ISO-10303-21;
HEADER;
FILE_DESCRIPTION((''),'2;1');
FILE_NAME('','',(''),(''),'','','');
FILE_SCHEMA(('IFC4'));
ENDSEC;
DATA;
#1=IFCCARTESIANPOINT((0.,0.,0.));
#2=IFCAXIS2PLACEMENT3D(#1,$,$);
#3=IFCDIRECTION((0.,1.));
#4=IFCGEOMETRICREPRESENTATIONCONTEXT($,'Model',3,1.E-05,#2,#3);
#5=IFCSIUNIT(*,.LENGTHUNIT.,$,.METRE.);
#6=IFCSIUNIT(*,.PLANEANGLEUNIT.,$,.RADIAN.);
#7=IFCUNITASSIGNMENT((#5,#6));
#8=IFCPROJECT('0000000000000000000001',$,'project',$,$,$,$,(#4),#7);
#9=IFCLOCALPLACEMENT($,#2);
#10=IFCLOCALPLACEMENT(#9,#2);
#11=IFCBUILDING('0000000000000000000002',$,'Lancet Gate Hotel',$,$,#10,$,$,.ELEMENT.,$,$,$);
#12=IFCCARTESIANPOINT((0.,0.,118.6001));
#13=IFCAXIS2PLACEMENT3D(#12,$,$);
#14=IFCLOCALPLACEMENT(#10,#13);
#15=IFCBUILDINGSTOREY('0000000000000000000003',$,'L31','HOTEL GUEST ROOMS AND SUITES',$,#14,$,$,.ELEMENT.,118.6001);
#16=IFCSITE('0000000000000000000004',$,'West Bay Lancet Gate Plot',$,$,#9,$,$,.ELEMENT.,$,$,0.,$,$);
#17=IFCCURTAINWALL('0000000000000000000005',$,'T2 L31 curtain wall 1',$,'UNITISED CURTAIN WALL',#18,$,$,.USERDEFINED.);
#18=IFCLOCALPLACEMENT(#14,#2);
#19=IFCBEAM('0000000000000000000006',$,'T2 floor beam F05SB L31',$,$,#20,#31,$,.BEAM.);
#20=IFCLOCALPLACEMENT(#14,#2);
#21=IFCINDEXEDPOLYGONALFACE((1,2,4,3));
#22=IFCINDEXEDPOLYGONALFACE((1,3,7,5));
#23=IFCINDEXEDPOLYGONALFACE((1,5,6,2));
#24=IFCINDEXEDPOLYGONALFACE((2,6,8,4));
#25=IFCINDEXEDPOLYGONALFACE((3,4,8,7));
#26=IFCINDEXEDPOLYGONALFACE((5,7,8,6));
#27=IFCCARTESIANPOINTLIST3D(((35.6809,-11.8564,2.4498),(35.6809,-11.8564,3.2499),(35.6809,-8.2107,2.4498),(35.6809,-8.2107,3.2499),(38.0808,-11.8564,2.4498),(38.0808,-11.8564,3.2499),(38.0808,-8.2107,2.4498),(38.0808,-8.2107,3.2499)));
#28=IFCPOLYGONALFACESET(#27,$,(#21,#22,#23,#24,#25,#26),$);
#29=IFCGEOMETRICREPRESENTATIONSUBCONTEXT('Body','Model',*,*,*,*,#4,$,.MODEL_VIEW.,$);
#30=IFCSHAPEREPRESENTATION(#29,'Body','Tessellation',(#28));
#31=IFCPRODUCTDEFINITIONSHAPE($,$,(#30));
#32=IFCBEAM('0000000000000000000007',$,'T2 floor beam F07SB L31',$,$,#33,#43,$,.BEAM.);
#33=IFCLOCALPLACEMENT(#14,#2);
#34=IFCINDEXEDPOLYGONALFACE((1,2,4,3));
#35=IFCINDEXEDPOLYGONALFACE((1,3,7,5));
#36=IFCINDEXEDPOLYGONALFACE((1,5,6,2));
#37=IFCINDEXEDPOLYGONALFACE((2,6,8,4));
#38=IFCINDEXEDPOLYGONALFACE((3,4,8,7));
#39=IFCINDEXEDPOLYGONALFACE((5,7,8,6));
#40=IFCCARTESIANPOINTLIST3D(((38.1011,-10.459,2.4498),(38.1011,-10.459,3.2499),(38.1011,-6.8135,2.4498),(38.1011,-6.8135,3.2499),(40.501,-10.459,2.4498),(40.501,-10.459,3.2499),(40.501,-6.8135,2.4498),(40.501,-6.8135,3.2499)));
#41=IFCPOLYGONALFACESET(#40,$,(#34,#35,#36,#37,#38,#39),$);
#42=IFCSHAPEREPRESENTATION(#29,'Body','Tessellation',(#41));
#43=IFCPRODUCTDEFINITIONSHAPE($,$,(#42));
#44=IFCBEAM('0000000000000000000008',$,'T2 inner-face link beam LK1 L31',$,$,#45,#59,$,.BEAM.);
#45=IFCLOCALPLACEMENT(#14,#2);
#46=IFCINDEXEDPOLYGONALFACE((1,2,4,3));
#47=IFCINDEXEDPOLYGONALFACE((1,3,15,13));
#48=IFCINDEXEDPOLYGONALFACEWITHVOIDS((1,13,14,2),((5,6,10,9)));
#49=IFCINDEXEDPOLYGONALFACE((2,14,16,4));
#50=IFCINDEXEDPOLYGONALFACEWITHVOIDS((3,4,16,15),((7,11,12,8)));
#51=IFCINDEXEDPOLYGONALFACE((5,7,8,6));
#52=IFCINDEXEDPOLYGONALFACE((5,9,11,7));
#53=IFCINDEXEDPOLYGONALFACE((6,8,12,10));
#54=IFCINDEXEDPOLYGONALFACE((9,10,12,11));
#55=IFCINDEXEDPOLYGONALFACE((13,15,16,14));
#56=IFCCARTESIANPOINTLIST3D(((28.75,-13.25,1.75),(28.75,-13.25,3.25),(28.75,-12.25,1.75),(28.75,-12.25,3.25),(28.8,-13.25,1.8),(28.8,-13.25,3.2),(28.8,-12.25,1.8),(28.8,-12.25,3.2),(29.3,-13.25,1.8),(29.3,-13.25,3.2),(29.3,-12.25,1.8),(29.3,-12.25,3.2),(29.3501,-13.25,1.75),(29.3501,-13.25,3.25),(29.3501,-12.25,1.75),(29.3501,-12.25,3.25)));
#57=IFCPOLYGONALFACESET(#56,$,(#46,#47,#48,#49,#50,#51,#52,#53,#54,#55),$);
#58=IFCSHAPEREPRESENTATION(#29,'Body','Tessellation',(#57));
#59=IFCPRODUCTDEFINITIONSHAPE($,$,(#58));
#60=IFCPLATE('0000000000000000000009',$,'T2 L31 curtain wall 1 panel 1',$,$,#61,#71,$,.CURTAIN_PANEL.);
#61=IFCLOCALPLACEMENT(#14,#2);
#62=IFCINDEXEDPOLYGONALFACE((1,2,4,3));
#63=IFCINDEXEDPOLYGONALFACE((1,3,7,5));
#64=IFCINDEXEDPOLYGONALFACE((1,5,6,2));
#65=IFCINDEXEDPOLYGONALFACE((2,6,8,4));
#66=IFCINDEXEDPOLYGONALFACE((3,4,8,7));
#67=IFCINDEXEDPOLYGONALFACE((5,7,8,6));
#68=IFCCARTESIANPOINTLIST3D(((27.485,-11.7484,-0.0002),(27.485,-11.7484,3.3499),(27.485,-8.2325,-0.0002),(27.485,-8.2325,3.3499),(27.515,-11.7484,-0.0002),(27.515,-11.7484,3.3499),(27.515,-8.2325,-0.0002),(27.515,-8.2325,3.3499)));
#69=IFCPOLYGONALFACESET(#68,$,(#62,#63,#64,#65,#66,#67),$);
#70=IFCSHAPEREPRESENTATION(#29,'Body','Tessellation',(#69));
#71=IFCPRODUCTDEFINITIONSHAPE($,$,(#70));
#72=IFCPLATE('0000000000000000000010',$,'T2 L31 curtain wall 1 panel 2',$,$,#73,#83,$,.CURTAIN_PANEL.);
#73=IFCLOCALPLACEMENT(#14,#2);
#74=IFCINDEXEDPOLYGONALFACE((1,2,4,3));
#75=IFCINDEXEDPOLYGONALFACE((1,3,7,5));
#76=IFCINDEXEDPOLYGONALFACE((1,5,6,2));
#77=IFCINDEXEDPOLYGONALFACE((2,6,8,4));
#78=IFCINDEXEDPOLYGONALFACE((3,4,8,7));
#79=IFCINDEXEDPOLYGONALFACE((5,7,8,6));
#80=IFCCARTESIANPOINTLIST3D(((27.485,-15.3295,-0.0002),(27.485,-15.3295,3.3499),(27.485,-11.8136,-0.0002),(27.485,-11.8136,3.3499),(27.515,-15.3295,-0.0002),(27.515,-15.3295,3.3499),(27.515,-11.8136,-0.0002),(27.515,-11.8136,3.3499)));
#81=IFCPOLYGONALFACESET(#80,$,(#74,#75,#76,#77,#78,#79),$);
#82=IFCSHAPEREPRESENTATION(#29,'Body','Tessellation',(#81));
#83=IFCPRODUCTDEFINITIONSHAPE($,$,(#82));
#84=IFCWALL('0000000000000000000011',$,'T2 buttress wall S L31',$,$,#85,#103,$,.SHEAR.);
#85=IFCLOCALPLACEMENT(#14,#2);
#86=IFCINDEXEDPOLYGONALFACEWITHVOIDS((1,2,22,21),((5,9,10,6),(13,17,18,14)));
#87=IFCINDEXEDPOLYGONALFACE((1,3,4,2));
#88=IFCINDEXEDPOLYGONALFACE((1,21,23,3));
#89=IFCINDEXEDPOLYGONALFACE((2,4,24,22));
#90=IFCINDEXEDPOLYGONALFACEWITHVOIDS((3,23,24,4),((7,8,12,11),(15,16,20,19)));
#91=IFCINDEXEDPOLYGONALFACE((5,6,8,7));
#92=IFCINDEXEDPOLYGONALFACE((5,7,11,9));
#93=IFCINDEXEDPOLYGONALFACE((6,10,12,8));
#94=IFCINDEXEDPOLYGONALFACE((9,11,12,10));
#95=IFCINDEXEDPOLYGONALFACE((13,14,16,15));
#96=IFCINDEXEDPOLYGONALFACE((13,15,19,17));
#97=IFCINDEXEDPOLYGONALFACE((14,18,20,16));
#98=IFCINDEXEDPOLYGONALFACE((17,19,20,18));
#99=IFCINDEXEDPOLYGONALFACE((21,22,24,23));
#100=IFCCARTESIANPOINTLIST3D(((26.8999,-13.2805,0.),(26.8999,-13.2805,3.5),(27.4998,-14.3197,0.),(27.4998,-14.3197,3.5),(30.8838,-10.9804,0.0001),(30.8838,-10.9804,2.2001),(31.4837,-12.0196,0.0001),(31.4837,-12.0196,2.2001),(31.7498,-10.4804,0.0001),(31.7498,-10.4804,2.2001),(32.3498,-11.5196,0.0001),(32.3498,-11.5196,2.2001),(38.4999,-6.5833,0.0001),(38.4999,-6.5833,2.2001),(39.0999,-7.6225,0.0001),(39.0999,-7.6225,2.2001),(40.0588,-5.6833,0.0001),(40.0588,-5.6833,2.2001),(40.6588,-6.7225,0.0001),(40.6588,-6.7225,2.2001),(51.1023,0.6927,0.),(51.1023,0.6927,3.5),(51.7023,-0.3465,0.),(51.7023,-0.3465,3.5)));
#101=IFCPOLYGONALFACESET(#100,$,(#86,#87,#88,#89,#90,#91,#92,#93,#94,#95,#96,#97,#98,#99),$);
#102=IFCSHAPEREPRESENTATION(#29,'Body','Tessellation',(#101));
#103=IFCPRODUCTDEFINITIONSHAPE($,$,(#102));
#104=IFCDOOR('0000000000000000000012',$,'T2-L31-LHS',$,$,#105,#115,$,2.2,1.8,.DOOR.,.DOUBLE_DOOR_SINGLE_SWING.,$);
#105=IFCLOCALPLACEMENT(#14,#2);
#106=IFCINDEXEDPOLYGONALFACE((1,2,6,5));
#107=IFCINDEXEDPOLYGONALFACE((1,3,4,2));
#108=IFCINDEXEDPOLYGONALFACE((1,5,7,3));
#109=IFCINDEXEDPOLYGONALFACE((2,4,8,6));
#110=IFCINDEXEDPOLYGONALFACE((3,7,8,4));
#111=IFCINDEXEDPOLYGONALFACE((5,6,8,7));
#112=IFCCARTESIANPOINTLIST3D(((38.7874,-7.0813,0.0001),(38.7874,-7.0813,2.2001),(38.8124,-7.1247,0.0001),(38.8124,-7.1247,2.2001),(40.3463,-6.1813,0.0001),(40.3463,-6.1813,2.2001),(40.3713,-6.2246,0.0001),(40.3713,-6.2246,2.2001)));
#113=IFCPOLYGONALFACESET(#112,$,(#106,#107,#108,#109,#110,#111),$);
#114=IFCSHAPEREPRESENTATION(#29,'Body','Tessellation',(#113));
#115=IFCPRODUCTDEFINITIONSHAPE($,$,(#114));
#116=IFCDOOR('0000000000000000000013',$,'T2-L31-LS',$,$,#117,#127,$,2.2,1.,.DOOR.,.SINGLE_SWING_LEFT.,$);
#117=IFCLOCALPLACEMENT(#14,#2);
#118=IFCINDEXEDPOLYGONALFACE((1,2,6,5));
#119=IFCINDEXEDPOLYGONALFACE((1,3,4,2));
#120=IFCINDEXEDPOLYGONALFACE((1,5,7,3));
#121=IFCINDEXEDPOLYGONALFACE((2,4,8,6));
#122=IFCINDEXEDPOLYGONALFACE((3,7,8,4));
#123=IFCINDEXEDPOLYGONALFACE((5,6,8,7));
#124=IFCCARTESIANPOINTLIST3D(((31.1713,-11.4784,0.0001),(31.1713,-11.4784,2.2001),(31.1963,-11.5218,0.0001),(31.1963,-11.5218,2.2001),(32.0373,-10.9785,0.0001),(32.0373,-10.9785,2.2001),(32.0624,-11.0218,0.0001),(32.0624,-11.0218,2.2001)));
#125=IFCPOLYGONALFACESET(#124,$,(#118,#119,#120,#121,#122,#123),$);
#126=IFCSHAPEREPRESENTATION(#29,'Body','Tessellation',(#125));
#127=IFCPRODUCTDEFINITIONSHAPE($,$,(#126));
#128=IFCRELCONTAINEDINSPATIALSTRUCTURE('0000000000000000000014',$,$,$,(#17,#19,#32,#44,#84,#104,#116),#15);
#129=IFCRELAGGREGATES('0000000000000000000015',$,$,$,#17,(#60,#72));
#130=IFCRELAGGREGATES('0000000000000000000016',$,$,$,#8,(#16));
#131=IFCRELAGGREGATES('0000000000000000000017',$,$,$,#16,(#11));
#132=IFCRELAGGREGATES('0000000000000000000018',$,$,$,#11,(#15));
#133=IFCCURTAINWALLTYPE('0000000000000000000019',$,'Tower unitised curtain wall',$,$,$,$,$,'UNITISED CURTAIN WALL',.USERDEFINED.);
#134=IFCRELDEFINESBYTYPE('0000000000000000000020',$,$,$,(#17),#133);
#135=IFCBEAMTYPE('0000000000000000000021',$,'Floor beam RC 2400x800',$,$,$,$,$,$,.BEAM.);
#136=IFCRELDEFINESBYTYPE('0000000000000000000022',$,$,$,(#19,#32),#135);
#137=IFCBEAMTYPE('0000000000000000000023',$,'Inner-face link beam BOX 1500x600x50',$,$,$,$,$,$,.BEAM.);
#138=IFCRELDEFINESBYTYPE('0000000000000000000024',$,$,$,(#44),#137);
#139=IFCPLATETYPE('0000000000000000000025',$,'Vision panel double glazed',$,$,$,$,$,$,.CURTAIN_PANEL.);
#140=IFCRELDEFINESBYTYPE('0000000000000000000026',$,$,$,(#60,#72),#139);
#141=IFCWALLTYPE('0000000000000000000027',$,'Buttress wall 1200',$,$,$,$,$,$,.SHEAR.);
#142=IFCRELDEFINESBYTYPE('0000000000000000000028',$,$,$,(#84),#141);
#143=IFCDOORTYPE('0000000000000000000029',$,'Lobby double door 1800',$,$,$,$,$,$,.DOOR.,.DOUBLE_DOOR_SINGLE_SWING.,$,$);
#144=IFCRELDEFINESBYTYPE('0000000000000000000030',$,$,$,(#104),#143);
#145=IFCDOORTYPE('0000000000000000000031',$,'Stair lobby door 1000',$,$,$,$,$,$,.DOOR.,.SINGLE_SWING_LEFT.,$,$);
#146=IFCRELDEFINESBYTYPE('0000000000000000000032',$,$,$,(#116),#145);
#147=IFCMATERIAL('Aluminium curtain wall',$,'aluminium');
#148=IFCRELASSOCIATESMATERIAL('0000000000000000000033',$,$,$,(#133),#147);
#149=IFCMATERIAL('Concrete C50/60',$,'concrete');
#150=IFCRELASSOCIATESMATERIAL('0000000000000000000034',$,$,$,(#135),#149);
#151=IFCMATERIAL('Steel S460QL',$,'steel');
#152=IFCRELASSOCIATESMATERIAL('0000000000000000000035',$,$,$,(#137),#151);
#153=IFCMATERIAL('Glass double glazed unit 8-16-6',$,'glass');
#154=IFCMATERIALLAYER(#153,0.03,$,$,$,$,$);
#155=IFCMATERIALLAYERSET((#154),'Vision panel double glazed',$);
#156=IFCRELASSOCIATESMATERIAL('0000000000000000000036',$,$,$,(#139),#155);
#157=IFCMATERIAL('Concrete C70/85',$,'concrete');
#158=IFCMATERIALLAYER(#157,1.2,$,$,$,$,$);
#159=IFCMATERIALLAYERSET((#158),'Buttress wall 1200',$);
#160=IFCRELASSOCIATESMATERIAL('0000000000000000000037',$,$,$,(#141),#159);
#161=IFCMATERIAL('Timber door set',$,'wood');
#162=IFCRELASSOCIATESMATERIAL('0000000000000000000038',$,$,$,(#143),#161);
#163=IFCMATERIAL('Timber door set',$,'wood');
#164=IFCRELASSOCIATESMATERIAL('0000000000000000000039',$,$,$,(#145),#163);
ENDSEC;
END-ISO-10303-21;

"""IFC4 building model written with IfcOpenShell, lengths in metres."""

from ifc_helpers import new_model, si_unit, direction, frame, frame_2d, origin, origin_2d, place, context, subcontext, project, spatial, rectangle, hollow_rectangle, extrude, material, layer, layer_set, material_profile, profile_set, type_object, element, fill, aggregate, save


model = new_model("IFC4")

# Units and contexts
model_context = context("Model", 3, precision=1e-05, world=origin(), true_north=direction((0.0, 1.0)))
body_context = subcontext(model_context, "Body", "Model", "MODEL_VIEW")
ifc_project = project(units=[si_unit("LENGTHUNIT", "METRE"), si_unit("PLANEANGLEUNIT", "RADIAN")], contexts=[model_context])

# Site, building, storey
site_placement = place(None, origin())
site = spatial("IfcSite", under=ifc_project, at=site_placement, Name="West Bay Lancet Gate Plot", CompositionType="ELEMENT", RefElevation=0.0)
building_placement = place(site_placement, origin())
building = spatial("IfcBuilding", under=site, at=building_placement, Name="Lancet Gate Hotel", CompositionType="ELEMENT")
storey_placement = place(building_placement, frame((0.0, 0.0, 118.6001)))
storey = spatial("IfcBuildingStorey", under=building, at=storey_placement, Name="L31", Description="HOTEL GUEST ROOMS AND SUITES", CompositionType="ELEMENT", Elevation=118.6001)

# Curtain wall
ifc_material_1 = material(Name="Aluminium curtain wall", Category="aluminium")
curtain_wall_type = type_object("IfcCurtainWallType", Name="Tower unitised curtain wall", ElementType="UNITISED CURTAIN WALL", PredefinedType="USERDEFINED", material=ifc_material_1)
curtain_wall_placement = place(storey_placement, origin())
curtain_wall = element("IfcCurtainWall", 1, at=curtain_wall_placement, inside=storey, type_object=curtain_wall_type, Name="T2 L31 curtain wall 1", ObjectType="UNITISED CURTAIN WALL", PredefinedType="USERDEFINED")

# Beams
ifc_material_2 = material(Name="Concrete C50/60", Category="concrete")
ifc_material_profile_1 = material_profile(ifc_material_2, rectangle(XDim=2.3999, YDim=0.8, at=origin_2d()), Name="RC 2400x800")
ifc_profile_set_1 = profile_set([ifc_material_profile_1], Name="Concrete C50/60")
beam_type_1 = type_object("IfcBeamType", Name="Floor beam RC 2400x800", PredefinedType="BEAM", material=ifc_profile_set_1)
for number, where, z_axis, x_axis, name in (
    (2, (36.8809, -11.8564, 2.8499), (0.0, 1.0, 0.0), (-1.0, 0.0, 0.0), "T2 floor beam F05SB L31"),
):
    element("IfcBeam", number, at=place(storey_placement, frame(where, z_axis=z_axis, x_axis=x_axis)), inside=storey, type_object=beam_type_1, Name=name, PredefinedType="BEAM", context=body_context, shape_type="SweptSolid", body=[
        extrude(rectangle(XDim=2.3999, YDim=0.8, at=origin_2d()), origin(), (0.0, 0.0, 1.0), 3.6458),
    ])
beam_1_placement = place(storey_placement, frame((39.301, -10.459, 2.8499), z_axis=(0.0, 1.0, 0.0), x_axis=(-1.0, 0.0, 0.0)))
element("IfcBeam", 3, at=beam_1_placement, inside=storey, type_object=beam_type_1, Name="T2 floor beam F07SB L31", PredefinedType="BEAM", context=body_context, shape_type="SweptSolid", body=[
    extrude(rectangle(XDim=2.3999, YDim=0.8, at=origin_2d()), origin(), (0.0, 0.0, 1.0), 3.6455),
])
ifc_material_3 = material(Name="Steel S460QL", Category="steel")
ifc_material_profile_2 = material_profile(ifc_material_3, hollow_rectangle(XDim=0.6001, YDim=1.5, WallThickness=0.05, at=origin_2d()), Name="BOX 1500x600x50")
ifc_profile_set_2 = profile_set([ifc_material_profile_2], Name="Steel S460QL")
beam_type_2 = type_object("IfcBeamType", Name="Inner-face link beam BOX 1500x600x50", PredefinedType="BEAM", material=ifc_profile_set_2)
beam_2_placement = place(storey_placement, frame((29.05, -13.25, 2.5), z_axis=(0.0, 1.0, 0.0), x_axis=(-1.0, 0.0, 0.0)))
element("IfcBeam", 4, at=beam_2_placement, inside=storey, type_object=beam_type_2, Name="T2 inner-face link beam LK1 L31", PredefinedType="BEAM", context=body_context, shape_type="SweptSolid", body=[
    extrude(hollow_rectangle(XDim=0.6001, YDim=1.5, WallThickness=0.05, at=origin_2d()), origin(), (0.0, 0.0, 1.0), 1.0),
])

# Plates
ifc_material_4 = material(Name="Glass double glazed unit 8-16-6", Category="glass")
ifc_layer_1 = layer(ifc_material_4, 0.03)
ifc_layer_set_1 = layer_set([ifc_layer_1], Name="Vision panel double glazed")
plate_type = type_object("IfcPlateType", Name="Vision panel double glazed", PredefinedType="CURTAIN_PANEL", material=ifc_layer_set_1)
plate_1_placement = place(storey_placement, frame((27.5, -9.9905, -0.0002), z_axis=(0.0, 0.0, 1.0), x_axis=(0.0, -1.0, 0.0)))
plate_1 = element("IfcPlate", 5, at=plate_1_placement, type_object=plate_type, Name="T2 L31 curtain wall 1 panel 1", PredefinedType="CURTAIN_PANEL", context=body_context, shape_type="SweptSolid", body=[
    extrude(rectangle(XDim=3.5159, YDim=0.03, at=origin_2d()), origin(), (0.0, 0.0, 1.0), 3.3501),
])
plate_2_placement = place(storey_placement, frame((27.5, -13.5715, -0.0002), z_axis=(0.0, 0.0, 1.0), x_axis=(0.0, -1.0, 0.0)))
plate_2 = element("IfcPlate", 6, at=plate_2_placement, type_object=plate_type, Name="T2 L31 curtain wall 1 panel 2", PredefinedType="CURTAIN_PANEL", context=body_context, shape_type="SweptSolid", body=[
    extrude(rectangle(XDim=3.5159, YDim=0.03, at=origin_2d()), origin(), (0.0, 0.0, 1.0), 3.3501),
])
aggregate(curtain_wall, [plate_1, plate_2])

# Wall, openings, doors
ifc_material_5 = material(Name="Concrete C70/85", Category="concrete")
ifc_layer_2 = layer(ifc_material_5, 1.2)
ifc_layer_set_2 = layer_set([ifc_layer_2], Name="Buttress wall 1200")
wall_type_1 = type_object("IfcWallType", Name="Buttress wall 1200", PredefinedType="SHEAR", material=ifc_layer_set_2)
wall_1_placement = place(storey_placement, frame((27.2, -13.8, 0.0), z_axis=(0.0, 0.0, 1.0), x_axis=(0.866027, 0.499997, 0.0)))
wall_1 = element("IfcWall", 7, at=wall_1_placement, inside=storey, type_object=wall_type_1, Name="T2 buttress wall S L31", PredefinedType="SHEAR", context=body_context, shape_type="SweptSolid", body=[
    extrude(rectangle(XDim=27.9465, YDim=1.2, at=frame_2d((13.9731, 0.0))), origin(), (0.0, 0.0, 1.0), 3.5),
])
opening_1_placement = place(wall_1_placement, frame((4.6001, 0.0, 0.0)))
opening_1 = element("IfcOpeningElement", 8, at=opening_1_placement, cuts=wall_1, PredefinedType="OPENING", context=body_context, shape_type="SweptSolid", body=[
    extrude(rectangle(XDim=1.0, YDim=2.2, at=frame_2d((0.5, 1.1001))), frame((0.0, 0.6099, 0.0), z_axis=(0.0, -1.0, 0.0), x_axis=(1.0, 0.0, 0.0)), (0.0, 0.0, 1.0), 1.22),
])
opening_2_placement = place(wall_1_placement, frame((13.3945, 0.0, 0.0)))
opening_2 = element("IfcOpeningElement", 9, at=opening_2_placement, cuts=wall_1, PredefinedType="OPENING", context=body_context, shape_type="SweptSolid", body=[
    extrude(rectangle(XDim=1.8, YDim=2.2, at=frame_2d((0.8999, 1.1001))), frame((0.0, 0.6099, 0.0), z_axis=(0.0, -1.0, 0.0), x_axis=(1.0, 0.0, 0.0)), (0.0, 0.0, 1.0), 1.22),
])
ifc_material_6 = material(Name="Timber door set", Category="wood")
door_type_1 = type_object("IfcDoorType", Name="Lobby double door 1800", OperationType="DOUBLE_DOOR_SINGLE_SWING", PredefinedType="DOOR", material=ifc_material_6)
door_1_placement = place(opening_2_placement, origin())
door_1 = element("IfcDoor", 10, at=door_1_placement, inside=storey, type_object=door_type_1, Name="T2-L31-LHS", OperationType="DOUBLE_DOOR_SINGLE_SWING", OverallHeight=2.2, OverallWidth=1.8, PredefinedType="DOOR", context=body_context, shape_type="SweptSolid", body=[
    extrude(rectangle(XDim=1.8, YDim=2.2, at=frame_2d((0.8999, 1.1001))), frame((0.0, 0.0249, 0.0), z_axis=(0.0, -1.0, 0.0), x_axis=(1.0, 0.0, 0.0)), (0.0, 0.0, 1.0), 0.05),
])
fill(opening_2, door_1)
ifc_material_7 = material(Name="Timber door set", Category="wood")
door_type_2 = type_object("IfcDoorType", Name="Stair lobby door 1000", OperationType="SINGLE_SWING_LEFT", PredefinedType="DOOR", material=ifc_material_7)
door_2_placement = place(opening_1_placement, origin())
door_2 = element("IfcDoor", 11, at=door_2_placement, inside=storey, type_object=door_type_2, Name="T2-L31-LS", OperationType="SINGLE_SWING_LEFT", OverallHeight=2.2, OverallWidth=1.0, PredefinedType="DOOR", context=body_context, shape_type="SweptSolid", body=[
    extrude(rectangle(XDim=1.0, YDim=2.2, at=frame_2d((0.5, 1.1001))), frame((0.0, 0.0249, 0.0), z_axis=(0.0, -1.0, 0.0), x_axis=(1.0, 0.0, 0.0)), (0.0, 0.0, 1.0), 0.05),
])
fill(opening_1, door_2)

save(model, "model.ifc")
